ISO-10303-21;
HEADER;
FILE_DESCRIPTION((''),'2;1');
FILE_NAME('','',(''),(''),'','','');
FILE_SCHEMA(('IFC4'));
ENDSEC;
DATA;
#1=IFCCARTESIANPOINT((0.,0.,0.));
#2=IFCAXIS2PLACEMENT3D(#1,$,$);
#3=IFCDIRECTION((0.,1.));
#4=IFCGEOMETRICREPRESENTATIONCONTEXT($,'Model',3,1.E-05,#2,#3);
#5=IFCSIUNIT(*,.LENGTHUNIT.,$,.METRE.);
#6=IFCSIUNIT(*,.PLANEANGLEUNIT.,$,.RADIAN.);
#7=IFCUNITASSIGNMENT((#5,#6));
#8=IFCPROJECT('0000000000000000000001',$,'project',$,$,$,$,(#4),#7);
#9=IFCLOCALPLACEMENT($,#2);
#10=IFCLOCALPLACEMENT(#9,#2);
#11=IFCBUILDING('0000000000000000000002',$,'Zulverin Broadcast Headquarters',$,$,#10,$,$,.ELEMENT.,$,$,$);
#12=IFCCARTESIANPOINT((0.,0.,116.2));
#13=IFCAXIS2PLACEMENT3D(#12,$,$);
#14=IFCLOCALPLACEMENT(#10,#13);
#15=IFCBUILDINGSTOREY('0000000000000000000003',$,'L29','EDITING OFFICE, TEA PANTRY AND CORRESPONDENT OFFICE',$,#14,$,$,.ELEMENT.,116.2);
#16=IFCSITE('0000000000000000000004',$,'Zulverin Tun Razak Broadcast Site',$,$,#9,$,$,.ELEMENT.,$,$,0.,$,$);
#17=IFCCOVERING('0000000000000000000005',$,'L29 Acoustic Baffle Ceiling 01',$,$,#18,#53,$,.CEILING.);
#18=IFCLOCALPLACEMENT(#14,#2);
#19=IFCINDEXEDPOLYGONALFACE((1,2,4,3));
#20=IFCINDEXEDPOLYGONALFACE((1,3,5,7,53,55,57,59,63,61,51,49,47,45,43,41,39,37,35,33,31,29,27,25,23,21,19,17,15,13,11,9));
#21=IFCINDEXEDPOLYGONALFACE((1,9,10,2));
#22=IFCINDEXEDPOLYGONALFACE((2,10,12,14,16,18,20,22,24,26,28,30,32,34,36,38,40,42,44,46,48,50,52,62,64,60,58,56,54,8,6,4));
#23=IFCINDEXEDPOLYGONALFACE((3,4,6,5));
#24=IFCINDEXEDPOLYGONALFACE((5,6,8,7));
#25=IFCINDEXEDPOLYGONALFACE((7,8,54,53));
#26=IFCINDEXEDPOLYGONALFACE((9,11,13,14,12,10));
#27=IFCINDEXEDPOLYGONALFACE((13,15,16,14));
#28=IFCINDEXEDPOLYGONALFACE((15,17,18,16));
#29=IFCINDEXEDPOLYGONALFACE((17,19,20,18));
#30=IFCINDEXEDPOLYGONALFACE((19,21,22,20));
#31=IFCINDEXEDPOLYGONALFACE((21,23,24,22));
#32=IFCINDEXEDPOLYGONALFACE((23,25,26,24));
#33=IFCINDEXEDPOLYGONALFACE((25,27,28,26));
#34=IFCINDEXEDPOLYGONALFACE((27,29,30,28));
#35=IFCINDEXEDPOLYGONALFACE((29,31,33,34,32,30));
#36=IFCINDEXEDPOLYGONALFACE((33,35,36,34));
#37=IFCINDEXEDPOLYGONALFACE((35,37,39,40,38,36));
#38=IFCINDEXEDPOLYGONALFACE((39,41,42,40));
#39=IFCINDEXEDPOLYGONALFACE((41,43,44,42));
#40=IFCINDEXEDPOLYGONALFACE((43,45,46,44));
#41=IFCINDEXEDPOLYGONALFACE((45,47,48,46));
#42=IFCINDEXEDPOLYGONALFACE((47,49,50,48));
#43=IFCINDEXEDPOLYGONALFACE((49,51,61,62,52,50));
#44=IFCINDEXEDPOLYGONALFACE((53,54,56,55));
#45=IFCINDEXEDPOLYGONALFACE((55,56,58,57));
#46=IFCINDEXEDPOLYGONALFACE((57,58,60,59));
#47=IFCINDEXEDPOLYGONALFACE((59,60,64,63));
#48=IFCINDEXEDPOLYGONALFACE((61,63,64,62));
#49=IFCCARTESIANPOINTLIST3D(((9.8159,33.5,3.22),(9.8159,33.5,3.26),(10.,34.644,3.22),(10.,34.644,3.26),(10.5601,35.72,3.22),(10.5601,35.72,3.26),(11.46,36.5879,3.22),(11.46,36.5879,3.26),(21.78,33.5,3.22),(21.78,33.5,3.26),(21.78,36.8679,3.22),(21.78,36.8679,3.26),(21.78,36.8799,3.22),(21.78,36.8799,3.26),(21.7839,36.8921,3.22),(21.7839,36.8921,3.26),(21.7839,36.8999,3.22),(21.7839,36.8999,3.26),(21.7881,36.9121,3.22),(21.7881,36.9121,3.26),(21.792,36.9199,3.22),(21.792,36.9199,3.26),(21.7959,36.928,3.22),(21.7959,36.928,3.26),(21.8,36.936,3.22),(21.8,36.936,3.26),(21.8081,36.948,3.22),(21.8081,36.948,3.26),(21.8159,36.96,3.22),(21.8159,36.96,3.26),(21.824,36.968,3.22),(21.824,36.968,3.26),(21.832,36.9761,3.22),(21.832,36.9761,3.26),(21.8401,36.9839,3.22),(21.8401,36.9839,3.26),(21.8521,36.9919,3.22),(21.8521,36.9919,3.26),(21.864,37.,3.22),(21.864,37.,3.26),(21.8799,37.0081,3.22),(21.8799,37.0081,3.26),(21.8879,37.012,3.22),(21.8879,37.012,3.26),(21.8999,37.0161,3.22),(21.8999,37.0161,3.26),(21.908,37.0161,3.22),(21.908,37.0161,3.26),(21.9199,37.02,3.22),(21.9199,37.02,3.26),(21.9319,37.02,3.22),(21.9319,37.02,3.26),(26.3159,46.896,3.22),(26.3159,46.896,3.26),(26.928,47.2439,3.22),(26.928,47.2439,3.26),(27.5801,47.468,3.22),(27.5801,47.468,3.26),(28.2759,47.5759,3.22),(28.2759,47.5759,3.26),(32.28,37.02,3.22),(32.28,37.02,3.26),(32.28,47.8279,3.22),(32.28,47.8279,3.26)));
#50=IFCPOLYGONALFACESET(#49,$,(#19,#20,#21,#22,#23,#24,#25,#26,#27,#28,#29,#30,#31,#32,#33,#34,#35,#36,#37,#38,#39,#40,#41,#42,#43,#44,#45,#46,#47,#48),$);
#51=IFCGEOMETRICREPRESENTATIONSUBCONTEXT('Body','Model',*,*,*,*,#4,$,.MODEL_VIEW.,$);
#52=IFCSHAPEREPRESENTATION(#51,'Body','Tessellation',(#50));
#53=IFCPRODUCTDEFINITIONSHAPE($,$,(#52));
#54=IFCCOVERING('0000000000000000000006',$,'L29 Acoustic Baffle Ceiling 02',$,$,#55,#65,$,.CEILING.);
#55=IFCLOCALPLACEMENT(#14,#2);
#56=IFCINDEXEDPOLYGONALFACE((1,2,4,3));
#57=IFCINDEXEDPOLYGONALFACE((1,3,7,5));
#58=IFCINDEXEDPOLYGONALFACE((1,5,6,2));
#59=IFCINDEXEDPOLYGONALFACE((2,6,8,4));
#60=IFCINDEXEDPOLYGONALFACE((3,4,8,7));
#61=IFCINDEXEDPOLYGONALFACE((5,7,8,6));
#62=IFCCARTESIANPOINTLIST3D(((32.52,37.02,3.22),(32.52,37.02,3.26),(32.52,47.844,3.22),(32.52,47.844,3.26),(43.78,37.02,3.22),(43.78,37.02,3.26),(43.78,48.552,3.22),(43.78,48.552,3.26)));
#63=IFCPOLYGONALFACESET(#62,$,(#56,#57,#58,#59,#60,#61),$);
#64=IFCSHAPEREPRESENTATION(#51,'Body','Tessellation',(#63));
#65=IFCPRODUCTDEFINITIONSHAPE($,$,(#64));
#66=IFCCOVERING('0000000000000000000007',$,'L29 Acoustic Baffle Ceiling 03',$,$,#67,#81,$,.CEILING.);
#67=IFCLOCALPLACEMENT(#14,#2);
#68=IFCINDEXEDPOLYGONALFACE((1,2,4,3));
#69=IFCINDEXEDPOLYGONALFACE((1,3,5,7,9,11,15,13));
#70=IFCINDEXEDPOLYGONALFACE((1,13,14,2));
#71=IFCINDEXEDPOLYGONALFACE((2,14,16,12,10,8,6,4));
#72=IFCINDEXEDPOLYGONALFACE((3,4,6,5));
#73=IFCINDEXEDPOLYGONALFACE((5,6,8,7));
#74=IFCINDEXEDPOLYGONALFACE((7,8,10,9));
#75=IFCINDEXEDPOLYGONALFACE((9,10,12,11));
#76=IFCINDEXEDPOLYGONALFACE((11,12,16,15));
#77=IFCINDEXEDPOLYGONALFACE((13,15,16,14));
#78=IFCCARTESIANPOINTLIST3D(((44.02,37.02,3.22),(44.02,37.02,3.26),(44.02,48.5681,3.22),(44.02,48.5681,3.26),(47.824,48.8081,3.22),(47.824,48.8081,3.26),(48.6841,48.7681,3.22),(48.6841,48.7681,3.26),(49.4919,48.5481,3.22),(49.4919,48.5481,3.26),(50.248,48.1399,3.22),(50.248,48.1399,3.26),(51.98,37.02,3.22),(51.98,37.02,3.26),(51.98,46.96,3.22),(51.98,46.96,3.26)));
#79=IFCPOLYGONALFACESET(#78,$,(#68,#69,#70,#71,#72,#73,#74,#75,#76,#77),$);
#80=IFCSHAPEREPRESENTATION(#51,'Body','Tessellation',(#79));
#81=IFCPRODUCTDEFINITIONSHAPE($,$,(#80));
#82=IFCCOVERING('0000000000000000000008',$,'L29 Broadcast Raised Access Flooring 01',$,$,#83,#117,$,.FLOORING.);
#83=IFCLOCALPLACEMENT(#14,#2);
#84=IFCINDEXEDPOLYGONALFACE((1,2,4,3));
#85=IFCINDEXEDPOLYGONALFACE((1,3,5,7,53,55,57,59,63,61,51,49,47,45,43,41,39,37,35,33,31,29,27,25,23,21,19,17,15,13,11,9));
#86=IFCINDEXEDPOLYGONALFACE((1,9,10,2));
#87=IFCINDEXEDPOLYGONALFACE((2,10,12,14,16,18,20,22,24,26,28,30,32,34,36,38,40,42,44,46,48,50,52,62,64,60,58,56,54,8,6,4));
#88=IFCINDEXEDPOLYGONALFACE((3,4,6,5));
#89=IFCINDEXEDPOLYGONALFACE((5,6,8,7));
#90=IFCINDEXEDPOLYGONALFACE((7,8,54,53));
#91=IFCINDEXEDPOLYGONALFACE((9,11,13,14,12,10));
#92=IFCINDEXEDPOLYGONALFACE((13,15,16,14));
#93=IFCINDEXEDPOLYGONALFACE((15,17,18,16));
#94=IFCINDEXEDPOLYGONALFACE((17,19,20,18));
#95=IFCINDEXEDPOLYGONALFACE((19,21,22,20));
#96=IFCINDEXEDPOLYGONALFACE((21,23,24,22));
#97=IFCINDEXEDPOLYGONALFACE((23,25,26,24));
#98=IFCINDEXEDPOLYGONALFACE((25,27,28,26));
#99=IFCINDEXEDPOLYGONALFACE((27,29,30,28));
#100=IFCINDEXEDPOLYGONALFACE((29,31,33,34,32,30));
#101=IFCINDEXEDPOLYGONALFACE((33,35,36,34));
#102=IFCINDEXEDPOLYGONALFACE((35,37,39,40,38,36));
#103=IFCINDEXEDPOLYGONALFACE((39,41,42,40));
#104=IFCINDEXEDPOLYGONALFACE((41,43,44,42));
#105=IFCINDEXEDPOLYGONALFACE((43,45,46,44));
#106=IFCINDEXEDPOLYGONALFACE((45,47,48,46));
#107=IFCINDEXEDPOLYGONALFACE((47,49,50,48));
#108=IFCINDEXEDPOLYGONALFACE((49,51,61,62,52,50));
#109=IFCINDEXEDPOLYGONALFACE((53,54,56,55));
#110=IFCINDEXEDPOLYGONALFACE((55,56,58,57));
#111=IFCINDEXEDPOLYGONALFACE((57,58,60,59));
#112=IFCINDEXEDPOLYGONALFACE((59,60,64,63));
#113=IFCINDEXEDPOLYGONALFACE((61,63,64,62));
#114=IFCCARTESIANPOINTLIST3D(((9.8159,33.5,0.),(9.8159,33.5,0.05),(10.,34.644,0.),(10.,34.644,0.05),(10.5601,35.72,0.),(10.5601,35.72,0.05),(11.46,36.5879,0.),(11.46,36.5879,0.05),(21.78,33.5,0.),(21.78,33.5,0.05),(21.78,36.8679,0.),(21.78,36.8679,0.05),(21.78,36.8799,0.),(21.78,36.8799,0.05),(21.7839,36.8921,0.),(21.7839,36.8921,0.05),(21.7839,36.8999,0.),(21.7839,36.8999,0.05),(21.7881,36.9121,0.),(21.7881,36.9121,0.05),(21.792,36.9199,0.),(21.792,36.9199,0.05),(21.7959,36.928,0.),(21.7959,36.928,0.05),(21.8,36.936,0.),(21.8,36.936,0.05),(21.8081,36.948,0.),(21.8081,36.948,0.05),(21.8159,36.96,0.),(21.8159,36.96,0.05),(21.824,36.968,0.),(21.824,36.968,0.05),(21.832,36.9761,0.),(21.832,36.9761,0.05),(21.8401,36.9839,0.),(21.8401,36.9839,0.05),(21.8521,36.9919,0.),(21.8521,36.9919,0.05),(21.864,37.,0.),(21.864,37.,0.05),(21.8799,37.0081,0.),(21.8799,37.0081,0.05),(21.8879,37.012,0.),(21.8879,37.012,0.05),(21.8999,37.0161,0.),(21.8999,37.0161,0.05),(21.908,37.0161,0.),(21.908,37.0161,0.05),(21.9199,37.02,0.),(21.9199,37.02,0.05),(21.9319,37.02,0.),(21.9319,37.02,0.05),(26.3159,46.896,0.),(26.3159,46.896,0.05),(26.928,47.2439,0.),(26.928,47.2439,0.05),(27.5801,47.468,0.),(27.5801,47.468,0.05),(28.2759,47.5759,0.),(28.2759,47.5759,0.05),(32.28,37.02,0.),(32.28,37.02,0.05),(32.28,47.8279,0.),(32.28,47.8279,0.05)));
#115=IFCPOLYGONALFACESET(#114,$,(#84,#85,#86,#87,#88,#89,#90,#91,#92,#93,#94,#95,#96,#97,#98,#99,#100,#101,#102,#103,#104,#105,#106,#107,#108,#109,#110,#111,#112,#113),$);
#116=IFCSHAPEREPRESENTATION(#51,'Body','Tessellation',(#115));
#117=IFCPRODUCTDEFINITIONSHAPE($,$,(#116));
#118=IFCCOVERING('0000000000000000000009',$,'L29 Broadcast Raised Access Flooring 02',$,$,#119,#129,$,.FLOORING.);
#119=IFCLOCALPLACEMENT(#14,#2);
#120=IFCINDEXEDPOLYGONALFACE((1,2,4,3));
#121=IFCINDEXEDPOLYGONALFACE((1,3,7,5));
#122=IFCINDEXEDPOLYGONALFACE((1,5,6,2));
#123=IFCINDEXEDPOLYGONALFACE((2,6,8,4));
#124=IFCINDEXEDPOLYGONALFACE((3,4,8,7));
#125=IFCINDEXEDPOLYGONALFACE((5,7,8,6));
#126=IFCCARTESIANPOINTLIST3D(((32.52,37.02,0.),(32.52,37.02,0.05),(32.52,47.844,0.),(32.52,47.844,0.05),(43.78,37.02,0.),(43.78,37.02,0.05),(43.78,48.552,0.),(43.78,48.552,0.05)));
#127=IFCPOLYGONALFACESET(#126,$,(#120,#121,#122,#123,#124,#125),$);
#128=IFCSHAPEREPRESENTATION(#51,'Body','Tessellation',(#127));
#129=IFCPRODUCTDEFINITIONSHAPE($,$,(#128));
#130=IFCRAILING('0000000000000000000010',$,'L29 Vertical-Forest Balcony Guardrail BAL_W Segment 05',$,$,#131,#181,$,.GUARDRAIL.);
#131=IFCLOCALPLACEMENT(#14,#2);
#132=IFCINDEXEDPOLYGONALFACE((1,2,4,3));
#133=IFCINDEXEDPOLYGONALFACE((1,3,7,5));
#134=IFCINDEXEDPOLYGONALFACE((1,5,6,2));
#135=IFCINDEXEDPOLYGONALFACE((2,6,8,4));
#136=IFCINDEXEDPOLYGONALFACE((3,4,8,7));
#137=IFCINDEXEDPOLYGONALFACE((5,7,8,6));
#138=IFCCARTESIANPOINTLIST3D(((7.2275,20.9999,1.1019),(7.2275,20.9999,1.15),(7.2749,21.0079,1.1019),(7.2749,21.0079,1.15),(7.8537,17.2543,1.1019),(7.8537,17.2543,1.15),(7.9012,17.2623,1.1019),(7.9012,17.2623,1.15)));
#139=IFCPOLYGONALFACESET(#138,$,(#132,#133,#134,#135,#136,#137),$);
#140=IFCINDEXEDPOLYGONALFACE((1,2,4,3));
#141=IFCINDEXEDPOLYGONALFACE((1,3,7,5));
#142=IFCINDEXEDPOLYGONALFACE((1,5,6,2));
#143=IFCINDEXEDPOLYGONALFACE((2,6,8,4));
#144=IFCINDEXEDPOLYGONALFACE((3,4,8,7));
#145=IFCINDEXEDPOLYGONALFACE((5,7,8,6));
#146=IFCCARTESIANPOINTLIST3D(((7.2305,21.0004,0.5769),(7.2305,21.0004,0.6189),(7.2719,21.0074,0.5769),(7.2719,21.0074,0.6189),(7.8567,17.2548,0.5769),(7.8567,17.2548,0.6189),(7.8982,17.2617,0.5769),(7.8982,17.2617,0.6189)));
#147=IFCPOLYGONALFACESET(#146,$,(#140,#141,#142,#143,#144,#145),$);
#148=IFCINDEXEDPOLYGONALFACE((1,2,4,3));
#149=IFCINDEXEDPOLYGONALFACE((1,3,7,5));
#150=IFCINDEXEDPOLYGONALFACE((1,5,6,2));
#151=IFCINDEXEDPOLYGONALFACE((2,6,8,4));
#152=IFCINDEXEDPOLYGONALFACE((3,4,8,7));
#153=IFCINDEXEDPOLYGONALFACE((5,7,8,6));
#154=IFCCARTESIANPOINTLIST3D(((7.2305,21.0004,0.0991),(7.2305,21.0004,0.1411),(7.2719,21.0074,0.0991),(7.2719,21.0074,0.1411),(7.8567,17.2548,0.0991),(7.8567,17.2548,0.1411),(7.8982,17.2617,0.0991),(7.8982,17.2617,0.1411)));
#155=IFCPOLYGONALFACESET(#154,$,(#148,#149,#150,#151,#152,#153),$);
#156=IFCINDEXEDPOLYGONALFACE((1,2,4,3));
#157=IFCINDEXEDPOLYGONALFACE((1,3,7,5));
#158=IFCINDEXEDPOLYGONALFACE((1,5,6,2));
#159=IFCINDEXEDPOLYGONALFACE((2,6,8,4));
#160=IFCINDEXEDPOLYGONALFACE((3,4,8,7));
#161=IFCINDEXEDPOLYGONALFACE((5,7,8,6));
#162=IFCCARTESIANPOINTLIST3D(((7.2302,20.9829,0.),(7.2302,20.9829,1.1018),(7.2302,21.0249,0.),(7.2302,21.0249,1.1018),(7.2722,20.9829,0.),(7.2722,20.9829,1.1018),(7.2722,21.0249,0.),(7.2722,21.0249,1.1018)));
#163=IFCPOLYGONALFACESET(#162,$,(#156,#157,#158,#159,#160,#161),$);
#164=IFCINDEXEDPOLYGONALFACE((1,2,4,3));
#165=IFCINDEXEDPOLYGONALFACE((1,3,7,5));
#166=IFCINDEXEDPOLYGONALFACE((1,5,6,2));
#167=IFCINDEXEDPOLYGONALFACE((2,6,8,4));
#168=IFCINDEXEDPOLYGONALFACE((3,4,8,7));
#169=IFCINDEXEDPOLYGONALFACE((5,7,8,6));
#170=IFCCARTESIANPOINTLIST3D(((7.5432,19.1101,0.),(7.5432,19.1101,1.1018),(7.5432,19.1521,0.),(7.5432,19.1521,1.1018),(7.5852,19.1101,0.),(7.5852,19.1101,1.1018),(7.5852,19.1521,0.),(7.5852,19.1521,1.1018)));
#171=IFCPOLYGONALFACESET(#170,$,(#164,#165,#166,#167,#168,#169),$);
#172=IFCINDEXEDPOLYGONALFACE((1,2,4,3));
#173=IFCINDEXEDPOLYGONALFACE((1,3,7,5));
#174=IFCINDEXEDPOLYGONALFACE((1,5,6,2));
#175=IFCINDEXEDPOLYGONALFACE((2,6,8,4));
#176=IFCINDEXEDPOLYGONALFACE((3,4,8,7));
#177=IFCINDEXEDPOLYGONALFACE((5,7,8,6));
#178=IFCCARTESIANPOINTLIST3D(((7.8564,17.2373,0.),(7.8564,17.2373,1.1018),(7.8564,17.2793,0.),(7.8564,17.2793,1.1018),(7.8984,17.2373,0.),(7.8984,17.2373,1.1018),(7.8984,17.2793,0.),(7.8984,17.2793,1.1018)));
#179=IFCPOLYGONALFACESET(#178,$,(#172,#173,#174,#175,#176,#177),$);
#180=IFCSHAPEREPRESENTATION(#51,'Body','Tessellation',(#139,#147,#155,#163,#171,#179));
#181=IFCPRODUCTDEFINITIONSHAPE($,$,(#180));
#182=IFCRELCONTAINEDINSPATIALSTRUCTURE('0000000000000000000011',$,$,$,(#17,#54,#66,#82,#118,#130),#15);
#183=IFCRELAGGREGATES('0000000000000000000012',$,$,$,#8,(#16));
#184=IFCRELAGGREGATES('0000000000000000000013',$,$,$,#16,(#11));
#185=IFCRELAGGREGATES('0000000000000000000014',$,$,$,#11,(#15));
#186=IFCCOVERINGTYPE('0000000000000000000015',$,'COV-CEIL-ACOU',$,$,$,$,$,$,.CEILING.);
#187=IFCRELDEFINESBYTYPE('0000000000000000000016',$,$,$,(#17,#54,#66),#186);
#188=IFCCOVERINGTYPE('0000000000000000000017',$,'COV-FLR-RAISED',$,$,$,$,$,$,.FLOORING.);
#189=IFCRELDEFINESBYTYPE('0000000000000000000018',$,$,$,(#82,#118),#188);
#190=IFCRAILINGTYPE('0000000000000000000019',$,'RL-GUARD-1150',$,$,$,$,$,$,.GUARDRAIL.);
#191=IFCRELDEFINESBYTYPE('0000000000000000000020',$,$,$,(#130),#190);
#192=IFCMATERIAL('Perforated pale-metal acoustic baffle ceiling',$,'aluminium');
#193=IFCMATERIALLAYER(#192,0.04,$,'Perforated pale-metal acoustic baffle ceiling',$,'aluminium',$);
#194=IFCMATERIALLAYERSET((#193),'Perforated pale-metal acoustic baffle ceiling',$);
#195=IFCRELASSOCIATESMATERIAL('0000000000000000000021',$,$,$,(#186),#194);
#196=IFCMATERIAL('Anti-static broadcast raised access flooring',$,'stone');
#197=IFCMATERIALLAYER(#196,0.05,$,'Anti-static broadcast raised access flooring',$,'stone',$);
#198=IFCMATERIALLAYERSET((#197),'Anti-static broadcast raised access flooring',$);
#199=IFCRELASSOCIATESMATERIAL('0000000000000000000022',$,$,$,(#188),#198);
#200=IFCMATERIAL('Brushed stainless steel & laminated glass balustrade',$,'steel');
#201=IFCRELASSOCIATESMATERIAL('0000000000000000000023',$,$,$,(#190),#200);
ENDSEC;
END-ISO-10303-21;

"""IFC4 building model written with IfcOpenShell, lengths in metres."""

from ifc_helpers import new_model, si_unit, direction, frame, origin, origin_2d, place, context, subcontext, project, spatial, polyline, rectangle, outline, extrude, material, layer, layer_set, type_object, element, save


model = new_model("IFC4")

# Units and contexts
model_context = context("Model", 3, precision=1e-05, world=origin(), true_north=direction((0.0, 1.0)))
body_context = subcontext(model_context, "Body", "Model", "MODEL_VIEW")
ifc_project = project(units=[si_unit("LENGTHUNIT", "METRE"), si_unit("PLANEANGLEUNIT", "RADIAN")], contexts=[model_context])

# Site, building, storey
site_placement = place(None, origin())
site = spatial("IfcSite", under=ifc_project, at=site_placement, Name="Zulverin Tun Razak Broadcast Site", CompositionType="ELEMENT", RefElevation=0.0)
building_placement = place(site_placement, origin())
building = spatial("IfcBuilding", under=site, at=building_placement, Name="Zulverin Broadcast Headquarters", CompositionType="ELEMENT")
storey_placement = place(building_placement, frame((0.0, 0.0, 116.2)))
storey = spatial("IfcBuildingStorey", under=building, at=storey_placement, Name="L29", Description="EDITING OFFICE, TEA PANTRY AND CORRESPONDENT OFFICE", CompositionType="ELEMENT", Elevation=116.2)

# Coverings
ifc_material_1 = material(Name="Perforated pale-metal acoustic baffle ceiling", Category="aluminium")
ifc_layer_1 = layer(ifc_material_1, 0.04, Name="Perforated pale-metal acoustic baffle ceiling", Category="aluminium")
ifc_layer_set_1 = layer_set([ifc_layer_1], Name="Perforated pale-metal acoustic baffle ceiling")
covering_type_1 = type_object("IfcCoveringType", Name="COV-CEIL-ACOU", PredefinedType="CEILING", material=ifc_layer_set_1)
covering_1_placement = place(storey_placement, frame((0.0, 0.0, 3.22)))
element("IfcCovering", 1, at=covering_1_placement, inside=storey, type_object=covering_type_1, Name="L29 Acoustic Baffle Ceiling 01", PredefinedType="CEILING", context=body_context, shape_type="SweptSolid", body=[
    extrude(outline(polyline([(11.46, 36.5879), (10.5601, 35.72), (10.0, 34.644), (9.8159, 33.5), (21.78, 33.5), (21.78, 36.8679), (21.78, 36.8799), (21.7839, 36.8921), (21.7839, 36.8999), (21.7881, 36.9121), (21.792, 36.9199), (21.7959, 36.928), (21.8, 36.936), (21.8081, 36.948), (21.8159, 36.96), (21.824, 36.968), (21.832, 36.9761), (21.8401, 36.9839), (21.8521, 36.9919), (21.864, 37.0), (21.8799, 37.0081), (21.8879, 37.012), (21.8999, 37.0161), (21.908, 37.0161), (21.9199, 37.02), (21.9319, 37.02), (32.28, 37.02), (32.28, 47.8279), (28.2759, 47.5759), (27.5801, 47.468), (26.928, 47.2439), (26.3159, 46.896), (11.46, 36.5879)])), origin(), (0.0, 0.0, 1.0), 0.04),
])
covering_2_placement = place(storey_placement, frame((0.0, 0.0, 3.22)))
element("IfcCovering", 2, at=covering_2_placement, inside=storey, type_object=covering_type_1, Name="L29 Acoustic Baffle Ceiling 02", PredefinedType="CEILING", context=body_context, shape_type="SweptSolid", body=[
    extrude(outline(polyline([(43.78, 37.02), (43.78, 48.552), (32.52, 47.844), (32.52, 37.02), (43.78, 37.02)])), origin(), (0.0, 0.0, 1.0), 0.04),
])
covering_3_placement = place(storey_placement, frame((0.0, 0.0, 3.22)))
element("IfcCovering", 3, at=covering_3_placement, inside=storey, type_object=covering_type_1, Name="L29 Acoustic Baffle Ceiling 03", PredefinedType="CEILING", context=body_context, shape_type="SweptSolid", body=[
    extrude(outline(polyline([(51.98, 37.02), (51.98, 46.96), (50.248, 48.1399), (49.4919, 48.5481), (48.6841, 48.7681), (47.824, 48.8081), (44.02, 48.5681), (44.02, 37.02), (51.98, 37.02)])), origin(), (0.0, 0.0, 1.0), 0.04),
])
ifc_material_2 = material(Name="Anti-static broadcast raised access flooring", Category="stone")
ifc_layer_2 = layer(ifc_material_2, 0.05, Name="Anti-static broadcast raised access flooring", Category="stone")
ifc_layer_set_2 = layer_set([ifc_layer_2], Name="Anti-static broadcast raised access flooring")
covering_type_2 = type_object("IfcCoveringType", Name="COV-FLR-RAISED", PredefinedType="FLOORING", material=ifc_layer_set_2)
covering_4_placement = place(storey_placement, origin())
element("IfcCovering", 4, at=covering_4_placement, inside=storey, type_object=covering_type_2, Name="L29 Broadcast Raised Access Flooring 01", PredefinedType="FLOORING", context=body_context, shape_type="SweptSolid", body=[
    extrude(outline(polyline([(11.46, 36.5879), (10.5601, 35.72), (10.0, 34.644), (9.8159, 33.5), (21.78, 33.5), (21.78, 36.8679), (21.78, 36.8799), (21.7839, 36.8921), (21.7839, 36.8999), (21.7881, 36.9121), (21.792, 36.9199), (21.7959, 36.928), (21.8, 36.936), (21.8081, 36.948), (21.8159, 36.96), (21.824, 36.968), (21.832, 36.9761), (21.8401, 36.9839), (21.8521, 36.9919), (21.864, 37.0), (21.8799, 37.0081), (21.8879, 37.012), (21.8999, 37.0161), (21.908, 37.0161), (21.9199, 37.02), (21.9319, 37.02), (32.28, 37.02), (32.28, 47.8279), (28.2759, 47.5759), (27.5801, 47.468), (26.928, 47.2439), (26.3159, 46.896), (11.46, 36.5879)])), origin(), (0.0, 0.0, 1.0), 0.05),
])
covering_5_placement = place(storey_placement, origin())
element("IfcCovering", 5, at=covering_5_placement, inside=storey, type_object=covering_type_2, Name="L29 Broadcast Raised Access Flooring 02", PredefinedType="FLOORING", context=body_context, shape_type="SweptSolid", body=[
    extrude(outline(polyline([(43.78, 37.02), (43.78, 48.552), (32.52, 47.844), (32.52, 37.02), (43.78, 37.02)])), origin(), (0.0, 0.0, 1.0), 0.05),
])

# Railing
ifc_material_3 = material(Name="Brushed stainless steel & laminated glass balustrade", Category="steel")
railing_type = type_object("IfcRailingType", Name="RL-GUARD-1150", PredefinedType="GUARDRAIL", material=ifc_material_3)
railing_1_placement = place(storey_placement, frame((7.2512, 21.0039, 0.0)))
element("IfcRailing", 6, at=railing_1_placement, inside=storey, type_object=railing_type, Name="L29 Vertical-Forest Balcony Guardrail BAL_W Segment 05", PredefinedType="GUARDRAIL", context=body_context, shape_type="SweptSolid", body=[
    extrude(rectangle(XDim=0.0481, YDim=0.0481, at=origin_2d()), frame((0.0, 0.0, 1.126), z_axis=(0.164899, -0.98631, 0.0), x_axis=(0.98631, 0.164899, 0.0)), (0.0, 0.0, 1.0), 3.7976),
    extrude(rectangle(XDim=0.042, YDim=0.042, at=origin_2d()), frame((0.0, 0.0, 0.5979), z_axis=(0.164899, -0.98631, 0.0), x_axis=(0.98631, 0.164899, 0.0)), (0.0, 0.0, 1.0), 3.7976),
    extrude(rectangle(XDim=0.042, YDim=0.042, at=origin_2d()), frame((0.0, 0.0, 0.1201), z_axis=(0.164899, -0.98631, 0.0), x_axis=(0.98631, 0.164899, 0.0)), (0.0, 0.0, 1.0), 3.7976),
    extrude(rectangle(XDim=0.042, YDim=0.042, at=origin_2d()), origin(), (0.0, 0.0, 1.0), 1.1018),
    extrude(rectangle(XDim=0.042, YDim=0.042, at=origin_2d()), frame((0.313, -1.8728, 0.0)), (0.0, 0.0, 1.0), 1.1018),
    extrude(rectangle(XDim=0.042, YDim=0.042, at=origin_2d()), frame((0.6262, -3.7456, 0.0)), (0.0, 0.0, 1.0), 1.1018),
])

save(model, "model.ifc")
